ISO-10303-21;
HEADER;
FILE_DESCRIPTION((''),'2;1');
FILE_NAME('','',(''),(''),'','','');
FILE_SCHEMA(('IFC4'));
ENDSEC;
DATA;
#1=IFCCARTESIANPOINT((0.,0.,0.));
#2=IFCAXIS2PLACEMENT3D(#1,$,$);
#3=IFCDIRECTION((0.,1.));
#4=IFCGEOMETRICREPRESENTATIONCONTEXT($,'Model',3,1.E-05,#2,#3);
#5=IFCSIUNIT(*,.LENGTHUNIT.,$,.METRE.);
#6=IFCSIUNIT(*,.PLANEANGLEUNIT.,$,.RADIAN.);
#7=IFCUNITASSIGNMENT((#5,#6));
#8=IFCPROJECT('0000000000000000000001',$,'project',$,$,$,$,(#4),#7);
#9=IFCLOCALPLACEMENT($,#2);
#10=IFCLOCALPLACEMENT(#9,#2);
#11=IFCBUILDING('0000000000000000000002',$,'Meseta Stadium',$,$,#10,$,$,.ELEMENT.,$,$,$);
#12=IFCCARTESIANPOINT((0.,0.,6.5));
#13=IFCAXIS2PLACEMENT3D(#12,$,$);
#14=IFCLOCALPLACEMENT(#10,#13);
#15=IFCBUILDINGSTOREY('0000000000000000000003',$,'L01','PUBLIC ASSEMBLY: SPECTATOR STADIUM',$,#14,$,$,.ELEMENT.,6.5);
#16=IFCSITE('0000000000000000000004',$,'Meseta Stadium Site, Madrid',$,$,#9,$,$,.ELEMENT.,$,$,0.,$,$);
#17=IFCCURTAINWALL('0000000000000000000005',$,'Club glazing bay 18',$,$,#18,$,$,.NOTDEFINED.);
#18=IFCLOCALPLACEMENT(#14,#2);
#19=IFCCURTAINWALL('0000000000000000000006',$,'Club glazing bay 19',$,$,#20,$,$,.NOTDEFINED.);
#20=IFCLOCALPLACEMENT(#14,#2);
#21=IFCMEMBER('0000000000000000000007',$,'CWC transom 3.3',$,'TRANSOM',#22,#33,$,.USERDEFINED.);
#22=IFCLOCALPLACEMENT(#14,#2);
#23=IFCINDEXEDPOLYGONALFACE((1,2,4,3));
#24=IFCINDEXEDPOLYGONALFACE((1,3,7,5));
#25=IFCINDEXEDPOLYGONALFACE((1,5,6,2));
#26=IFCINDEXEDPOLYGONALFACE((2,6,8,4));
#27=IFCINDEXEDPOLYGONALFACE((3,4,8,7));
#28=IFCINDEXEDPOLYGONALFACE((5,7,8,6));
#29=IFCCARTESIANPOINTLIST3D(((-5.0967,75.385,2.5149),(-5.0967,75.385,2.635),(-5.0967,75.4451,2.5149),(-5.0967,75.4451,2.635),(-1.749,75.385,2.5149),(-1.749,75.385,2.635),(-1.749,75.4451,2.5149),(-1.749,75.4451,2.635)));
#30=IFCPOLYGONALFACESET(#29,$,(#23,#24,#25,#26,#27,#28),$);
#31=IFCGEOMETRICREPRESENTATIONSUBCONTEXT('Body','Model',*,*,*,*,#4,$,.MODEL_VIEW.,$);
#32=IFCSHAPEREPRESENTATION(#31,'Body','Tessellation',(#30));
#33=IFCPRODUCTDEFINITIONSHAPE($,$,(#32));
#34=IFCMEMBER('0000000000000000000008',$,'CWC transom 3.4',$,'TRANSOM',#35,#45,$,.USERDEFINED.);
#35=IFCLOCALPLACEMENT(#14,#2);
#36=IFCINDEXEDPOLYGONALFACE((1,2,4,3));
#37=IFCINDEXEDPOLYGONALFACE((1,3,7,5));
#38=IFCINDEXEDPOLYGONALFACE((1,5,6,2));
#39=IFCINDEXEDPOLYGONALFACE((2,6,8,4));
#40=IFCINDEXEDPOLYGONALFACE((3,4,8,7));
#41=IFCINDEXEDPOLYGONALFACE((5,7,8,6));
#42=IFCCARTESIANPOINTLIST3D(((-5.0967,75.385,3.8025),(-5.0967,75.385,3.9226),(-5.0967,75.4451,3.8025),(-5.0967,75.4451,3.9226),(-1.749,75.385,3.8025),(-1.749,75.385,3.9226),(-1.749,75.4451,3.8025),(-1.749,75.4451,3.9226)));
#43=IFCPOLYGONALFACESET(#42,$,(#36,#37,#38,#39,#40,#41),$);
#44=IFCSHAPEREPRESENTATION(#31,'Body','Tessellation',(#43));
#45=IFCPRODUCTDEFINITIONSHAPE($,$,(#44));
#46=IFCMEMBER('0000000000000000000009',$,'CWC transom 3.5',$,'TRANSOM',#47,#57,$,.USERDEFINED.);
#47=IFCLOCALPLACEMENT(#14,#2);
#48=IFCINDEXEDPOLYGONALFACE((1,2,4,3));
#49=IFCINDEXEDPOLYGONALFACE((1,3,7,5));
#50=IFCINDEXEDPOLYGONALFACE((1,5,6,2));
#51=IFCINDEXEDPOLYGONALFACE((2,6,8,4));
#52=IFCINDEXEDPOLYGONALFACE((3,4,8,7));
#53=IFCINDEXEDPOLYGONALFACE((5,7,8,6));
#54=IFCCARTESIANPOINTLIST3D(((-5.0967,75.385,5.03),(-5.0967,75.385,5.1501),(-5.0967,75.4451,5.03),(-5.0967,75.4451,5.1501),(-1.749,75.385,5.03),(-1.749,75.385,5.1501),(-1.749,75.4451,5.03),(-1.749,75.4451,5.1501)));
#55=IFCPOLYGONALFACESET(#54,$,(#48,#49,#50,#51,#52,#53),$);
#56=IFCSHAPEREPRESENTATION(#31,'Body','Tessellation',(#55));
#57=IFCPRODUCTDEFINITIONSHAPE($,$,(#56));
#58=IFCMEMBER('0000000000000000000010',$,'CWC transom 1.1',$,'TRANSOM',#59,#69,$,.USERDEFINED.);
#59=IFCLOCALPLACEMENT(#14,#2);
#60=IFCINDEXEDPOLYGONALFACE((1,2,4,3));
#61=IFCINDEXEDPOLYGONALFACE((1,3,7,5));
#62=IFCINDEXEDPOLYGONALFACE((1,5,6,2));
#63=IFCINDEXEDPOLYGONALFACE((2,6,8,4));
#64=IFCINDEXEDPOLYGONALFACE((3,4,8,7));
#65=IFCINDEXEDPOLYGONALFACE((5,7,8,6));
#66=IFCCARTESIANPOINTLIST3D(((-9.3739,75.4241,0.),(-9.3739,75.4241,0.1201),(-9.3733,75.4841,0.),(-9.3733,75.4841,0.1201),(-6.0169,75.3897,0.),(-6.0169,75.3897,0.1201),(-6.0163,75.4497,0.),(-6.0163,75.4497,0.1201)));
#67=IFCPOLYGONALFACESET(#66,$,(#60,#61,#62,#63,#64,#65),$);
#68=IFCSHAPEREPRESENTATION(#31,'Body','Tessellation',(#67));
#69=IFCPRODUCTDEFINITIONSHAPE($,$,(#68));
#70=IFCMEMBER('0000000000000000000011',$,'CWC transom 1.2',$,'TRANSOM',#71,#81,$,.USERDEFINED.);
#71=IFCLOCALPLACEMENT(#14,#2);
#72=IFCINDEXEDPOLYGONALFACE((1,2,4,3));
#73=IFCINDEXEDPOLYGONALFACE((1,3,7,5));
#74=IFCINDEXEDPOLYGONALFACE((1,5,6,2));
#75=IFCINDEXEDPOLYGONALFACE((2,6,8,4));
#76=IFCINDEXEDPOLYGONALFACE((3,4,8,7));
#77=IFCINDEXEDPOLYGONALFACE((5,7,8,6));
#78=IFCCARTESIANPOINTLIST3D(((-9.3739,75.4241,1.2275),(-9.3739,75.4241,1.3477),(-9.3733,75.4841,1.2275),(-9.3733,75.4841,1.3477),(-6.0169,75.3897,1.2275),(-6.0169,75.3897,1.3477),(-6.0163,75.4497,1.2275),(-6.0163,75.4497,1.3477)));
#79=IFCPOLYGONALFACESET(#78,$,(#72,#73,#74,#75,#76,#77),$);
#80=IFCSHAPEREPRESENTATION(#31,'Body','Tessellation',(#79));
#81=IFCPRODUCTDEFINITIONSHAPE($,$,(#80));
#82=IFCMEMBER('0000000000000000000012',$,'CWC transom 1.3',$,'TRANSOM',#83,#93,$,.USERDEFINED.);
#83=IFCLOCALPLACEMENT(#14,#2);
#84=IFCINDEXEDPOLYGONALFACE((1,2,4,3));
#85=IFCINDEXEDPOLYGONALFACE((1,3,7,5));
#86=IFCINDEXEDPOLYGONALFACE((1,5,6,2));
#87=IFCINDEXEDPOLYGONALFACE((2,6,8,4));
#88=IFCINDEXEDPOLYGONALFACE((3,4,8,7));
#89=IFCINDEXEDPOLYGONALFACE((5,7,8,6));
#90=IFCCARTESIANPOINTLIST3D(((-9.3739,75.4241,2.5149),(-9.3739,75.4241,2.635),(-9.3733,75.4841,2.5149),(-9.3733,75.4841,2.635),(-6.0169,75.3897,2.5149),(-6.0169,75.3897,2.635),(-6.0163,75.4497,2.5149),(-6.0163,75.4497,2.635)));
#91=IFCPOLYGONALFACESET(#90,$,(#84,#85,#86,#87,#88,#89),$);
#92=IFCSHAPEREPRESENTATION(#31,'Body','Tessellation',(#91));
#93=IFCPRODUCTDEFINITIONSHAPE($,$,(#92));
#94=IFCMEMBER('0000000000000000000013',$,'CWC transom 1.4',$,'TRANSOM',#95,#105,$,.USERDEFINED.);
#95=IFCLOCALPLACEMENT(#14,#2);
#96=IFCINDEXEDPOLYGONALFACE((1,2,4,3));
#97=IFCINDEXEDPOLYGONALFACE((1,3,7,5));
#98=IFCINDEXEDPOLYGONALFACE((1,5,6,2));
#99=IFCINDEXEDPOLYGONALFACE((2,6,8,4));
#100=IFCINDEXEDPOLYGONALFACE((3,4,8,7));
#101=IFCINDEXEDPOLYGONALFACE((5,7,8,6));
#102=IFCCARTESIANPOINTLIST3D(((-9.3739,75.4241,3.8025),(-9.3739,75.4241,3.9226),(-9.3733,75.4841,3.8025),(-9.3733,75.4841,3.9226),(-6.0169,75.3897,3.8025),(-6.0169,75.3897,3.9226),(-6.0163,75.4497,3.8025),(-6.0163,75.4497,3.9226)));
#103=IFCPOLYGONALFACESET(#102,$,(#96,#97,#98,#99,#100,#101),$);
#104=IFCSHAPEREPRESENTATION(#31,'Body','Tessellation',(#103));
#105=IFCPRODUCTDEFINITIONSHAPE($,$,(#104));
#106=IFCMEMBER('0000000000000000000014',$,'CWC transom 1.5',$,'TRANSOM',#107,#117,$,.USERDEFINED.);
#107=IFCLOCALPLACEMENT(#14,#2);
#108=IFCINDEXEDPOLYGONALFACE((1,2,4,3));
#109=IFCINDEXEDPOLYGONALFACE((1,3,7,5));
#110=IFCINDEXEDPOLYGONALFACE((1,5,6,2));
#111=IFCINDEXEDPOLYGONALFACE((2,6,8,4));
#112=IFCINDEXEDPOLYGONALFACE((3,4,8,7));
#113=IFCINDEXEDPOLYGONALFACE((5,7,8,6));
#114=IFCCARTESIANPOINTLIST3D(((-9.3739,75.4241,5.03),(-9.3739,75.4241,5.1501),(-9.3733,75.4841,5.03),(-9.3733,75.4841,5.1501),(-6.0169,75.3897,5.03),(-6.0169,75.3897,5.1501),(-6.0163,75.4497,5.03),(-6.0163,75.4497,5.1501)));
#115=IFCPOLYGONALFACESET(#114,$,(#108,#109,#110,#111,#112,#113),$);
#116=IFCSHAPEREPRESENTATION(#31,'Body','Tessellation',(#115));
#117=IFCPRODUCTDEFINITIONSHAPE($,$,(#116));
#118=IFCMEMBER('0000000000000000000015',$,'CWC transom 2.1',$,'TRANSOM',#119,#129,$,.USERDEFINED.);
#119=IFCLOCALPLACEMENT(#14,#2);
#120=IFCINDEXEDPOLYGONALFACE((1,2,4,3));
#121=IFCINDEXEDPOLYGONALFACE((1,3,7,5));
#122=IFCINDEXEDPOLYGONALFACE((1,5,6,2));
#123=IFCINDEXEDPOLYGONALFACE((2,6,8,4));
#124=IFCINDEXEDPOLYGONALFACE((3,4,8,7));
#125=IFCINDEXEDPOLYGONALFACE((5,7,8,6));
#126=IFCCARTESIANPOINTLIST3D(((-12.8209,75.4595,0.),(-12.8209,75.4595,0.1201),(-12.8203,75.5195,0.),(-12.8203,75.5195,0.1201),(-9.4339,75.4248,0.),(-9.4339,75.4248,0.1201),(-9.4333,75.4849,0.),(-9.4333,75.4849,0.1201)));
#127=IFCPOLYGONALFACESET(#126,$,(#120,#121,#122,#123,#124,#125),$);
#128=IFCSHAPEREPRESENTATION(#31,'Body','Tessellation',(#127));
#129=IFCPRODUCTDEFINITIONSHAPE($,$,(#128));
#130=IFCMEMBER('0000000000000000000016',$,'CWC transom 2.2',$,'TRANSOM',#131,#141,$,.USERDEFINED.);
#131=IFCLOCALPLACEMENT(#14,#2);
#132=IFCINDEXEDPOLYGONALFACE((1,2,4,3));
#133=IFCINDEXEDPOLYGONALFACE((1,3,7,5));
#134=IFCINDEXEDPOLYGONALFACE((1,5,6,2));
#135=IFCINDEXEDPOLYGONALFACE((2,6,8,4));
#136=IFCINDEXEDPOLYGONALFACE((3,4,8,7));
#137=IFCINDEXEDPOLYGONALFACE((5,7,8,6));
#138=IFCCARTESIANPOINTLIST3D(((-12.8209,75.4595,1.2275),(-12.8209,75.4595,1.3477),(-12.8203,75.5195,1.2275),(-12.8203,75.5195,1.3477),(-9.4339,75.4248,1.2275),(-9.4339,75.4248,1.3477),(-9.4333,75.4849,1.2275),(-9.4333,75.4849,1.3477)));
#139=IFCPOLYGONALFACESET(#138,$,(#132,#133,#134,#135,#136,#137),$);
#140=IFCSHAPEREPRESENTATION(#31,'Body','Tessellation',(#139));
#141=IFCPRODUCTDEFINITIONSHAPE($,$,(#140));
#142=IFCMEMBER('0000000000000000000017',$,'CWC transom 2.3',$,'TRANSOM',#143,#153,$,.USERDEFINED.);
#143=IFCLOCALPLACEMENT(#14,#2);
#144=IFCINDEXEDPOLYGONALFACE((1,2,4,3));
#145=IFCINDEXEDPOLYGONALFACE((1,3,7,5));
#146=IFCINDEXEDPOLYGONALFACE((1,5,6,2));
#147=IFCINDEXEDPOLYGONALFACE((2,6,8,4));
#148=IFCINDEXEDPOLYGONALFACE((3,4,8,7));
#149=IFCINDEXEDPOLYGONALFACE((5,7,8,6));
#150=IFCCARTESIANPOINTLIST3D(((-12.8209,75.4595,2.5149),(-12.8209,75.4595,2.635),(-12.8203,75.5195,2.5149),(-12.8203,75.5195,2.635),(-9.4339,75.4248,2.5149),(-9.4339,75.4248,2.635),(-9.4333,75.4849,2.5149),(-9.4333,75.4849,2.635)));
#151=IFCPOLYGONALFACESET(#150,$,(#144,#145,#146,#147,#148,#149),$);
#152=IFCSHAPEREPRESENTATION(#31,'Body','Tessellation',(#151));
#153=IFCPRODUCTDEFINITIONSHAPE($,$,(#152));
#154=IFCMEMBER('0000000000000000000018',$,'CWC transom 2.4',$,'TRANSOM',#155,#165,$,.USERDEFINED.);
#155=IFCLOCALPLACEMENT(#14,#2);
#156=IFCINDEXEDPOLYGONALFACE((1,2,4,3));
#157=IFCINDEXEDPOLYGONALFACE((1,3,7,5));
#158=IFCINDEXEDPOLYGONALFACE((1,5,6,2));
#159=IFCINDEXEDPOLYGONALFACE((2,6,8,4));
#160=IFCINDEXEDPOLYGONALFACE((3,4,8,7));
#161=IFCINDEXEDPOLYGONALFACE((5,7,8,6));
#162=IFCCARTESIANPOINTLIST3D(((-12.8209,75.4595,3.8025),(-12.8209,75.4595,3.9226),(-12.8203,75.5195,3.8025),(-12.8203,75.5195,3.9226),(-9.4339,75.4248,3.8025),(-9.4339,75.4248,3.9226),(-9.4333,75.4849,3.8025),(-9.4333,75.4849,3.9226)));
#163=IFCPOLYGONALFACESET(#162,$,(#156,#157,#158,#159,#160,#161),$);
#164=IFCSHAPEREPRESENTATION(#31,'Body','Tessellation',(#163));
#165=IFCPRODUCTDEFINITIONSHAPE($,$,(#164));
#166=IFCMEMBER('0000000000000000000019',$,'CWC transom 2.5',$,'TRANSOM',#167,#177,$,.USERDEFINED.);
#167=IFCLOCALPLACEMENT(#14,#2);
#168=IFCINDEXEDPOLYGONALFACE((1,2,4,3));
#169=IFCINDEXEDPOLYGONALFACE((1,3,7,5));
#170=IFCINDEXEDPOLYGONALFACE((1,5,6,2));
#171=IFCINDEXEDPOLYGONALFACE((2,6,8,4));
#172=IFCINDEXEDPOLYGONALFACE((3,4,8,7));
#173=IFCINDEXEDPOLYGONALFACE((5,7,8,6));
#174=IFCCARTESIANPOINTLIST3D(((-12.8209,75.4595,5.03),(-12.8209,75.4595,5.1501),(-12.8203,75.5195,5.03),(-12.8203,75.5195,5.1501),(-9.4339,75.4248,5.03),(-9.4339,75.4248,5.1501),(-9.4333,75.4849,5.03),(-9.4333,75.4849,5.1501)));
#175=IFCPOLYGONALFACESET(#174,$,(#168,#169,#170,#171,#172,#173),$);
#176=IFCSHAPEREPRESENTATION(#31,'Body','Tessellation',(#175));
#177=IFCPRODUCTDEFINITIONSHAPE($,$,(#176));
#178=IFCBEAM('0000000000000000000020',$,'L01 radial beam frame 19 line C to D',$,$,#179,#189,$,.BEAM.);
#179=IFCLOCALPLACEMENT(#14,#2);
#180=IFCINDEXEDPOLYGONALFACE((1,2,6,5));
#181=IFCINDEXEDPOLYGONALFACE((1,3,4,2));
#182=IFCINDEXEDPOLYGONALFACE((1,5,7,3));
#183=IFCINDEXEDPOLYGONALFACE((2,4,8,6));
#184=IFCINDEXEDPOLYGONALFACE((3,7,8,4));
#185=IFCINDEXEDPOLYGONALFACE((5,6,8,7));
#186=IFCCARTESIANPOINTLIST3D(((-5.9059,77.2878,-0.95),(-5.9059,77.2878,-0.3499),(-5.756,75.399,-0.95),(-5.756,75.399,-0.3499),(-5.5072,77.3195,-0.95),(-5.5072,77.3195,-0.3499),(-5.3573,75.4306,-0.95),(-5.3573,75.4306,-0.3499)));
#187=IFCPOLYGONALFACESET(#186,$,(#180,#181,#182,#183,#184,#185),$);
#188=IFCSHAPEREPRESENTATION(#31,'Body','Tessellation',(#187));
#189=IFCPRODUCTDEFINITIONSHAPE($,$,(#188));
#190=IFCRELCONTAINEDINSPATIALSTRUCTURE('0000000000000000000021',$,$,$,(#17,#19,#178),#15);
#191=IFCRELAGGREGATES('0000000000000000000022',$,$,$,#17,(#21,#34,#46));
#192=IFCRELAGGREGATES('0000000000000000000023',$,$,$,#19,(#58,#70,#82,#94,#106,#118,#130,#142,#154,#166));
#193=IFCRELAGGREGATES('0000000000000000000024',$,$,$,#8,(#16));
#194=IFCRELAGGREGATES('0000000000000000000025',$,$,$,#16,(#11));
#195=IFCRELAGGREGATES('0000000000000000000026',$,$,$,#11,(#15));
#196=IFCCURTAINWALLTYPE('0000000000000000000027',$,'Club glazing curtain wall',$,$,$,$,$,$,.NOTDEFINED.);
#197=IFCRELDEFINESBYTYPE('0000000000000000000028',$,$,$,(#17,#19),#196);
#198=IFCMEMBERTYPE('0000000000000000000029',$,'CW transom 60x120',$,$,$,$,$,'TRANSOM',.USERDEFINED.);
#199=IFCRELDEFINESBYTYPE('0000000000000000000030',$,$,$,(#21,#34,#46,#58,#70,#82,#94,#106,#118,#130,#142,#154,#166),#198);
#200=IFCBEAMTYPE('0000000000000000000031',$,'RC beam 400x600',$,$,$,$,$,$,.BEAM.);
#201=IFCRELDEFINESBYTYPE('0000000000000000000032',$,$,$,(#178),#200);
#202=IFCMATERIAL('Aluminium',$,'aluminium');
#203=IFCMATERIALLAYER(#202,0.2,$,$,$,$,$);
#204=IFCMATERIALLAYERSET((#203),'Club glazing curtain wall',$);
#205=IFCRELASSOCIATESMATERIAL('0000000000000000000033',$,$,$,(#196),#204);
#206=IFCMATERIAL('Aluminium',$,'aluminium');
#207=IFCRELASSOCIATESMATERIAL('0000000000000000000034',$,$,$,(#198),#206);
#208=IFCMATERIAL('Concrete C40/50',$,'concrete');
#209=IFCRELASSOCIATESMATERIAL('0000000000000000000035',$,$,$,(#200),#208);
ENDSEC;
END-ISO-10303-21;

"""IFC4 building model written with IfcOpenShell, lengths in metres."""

from ifc_helpers import new_model, si_unit, direction, frame, origin, origin_2d, place, context, subcontext, project, spatial, rectangle, extrude, material, layer, layer_set, material_profile, profile_set, type_object, element, aggregate, save


model = new_model("IFC4")

# Units and contexts
model_context = context("Model", 3, precision=1e-05, world=origin(), true_north=direction((0.0, 1.0)))
body_context = subcontext(model_context, "Body", "Model", "MODEL_VIEW")
ifc_project = project(units=[si_unit("LENGTHUNIT", "METRE"), si_unit("PLANEANGLEUNIT", "RADIAN")], contexts=[model_context])

# Site, building, storey
site_placement = place(None, origin())
site = spatial("IfcSite", under=ifc_project, at=site_placement, Name="Meseta Stadium Site, Madrid", CompositionType="ELEMENT", RefElevation=0.0)
building_placement = place(site_placement, origin())
building = spatial("IfcBuilding", under=site, at=building_placement, Name="Meseta Stadium", CompositionType="ELEMENT")
storey_placement = place(building_placement, frame((0.0, 0.0, 6.5)))
storey = spatial("IfcBuildingStorey", under=building, at=storey_placement, Name="L01", Description="PUBLIC ASSEMBLY: SPECTATOR STADIUM", CompositionType="ELEMENT", Elevation=6.5)

# Curtain walls
ifc_material_1 = material(Name="Aluminium", Category="aluminium")
ifc_layer_1 = layer(ifc_material_1, 0.2)
ifc_layer_set_1 = layer_set([ifc_layer_1], Name="Club glazing curtain wall")
curtain_wall_type = type_object("IfcCurtainWallType", Name="Club glazing curtain wall", PredefinedType="NOTDEFINED", material=ifc_layer_set_1)
curtain_wall_1_placement = place(storey_placement, origin())
curtain_wall_1 = element("IfcCurtainWall", 1, at=curtain_wall_1_placement, inside=storey, type_object=curtain_wall_type, Name="Club glazing bay 18", PredefinedType="NOTDEFINED")
curtain_wall_2_placement = place(storey_placement, origin())
curtain_wall_2 = element("IfcCurtainWall", 2, at=curtain_wall_2_placement, inside=storey, type_object=curtain_wall_type, Name="Club glazing bay 19", PredefinedType="NOTDEFINED")

# Members
ifc_material_2 = material(Name="Aluminium", Category="aluminium")
ifc_material_profile_1 = material_profile(ifc_material_2, rectangle(XDim=0.0601, YDim=0.1201, at=origin_2d()), Name="CW 60x120")
ifc_profile_set_1 = profile_set([ifc_material_profile_1], Name="Aluminium")
member_type_1 = type_object("IfcMemberType", Name="CW transom 60x120", ElementType="TRANSOM", PredefinedType="USERDEFINED", material=ifc_profile_set_1)
member_1_placement = place(storey_placement, frame((-1.749, 75.415, 2.575), z_axis=(-1.0, 0.0, 0.0), x_axis=(0.0, -1.0, 0.0)))
member_1 = element("IfcMember", 3, at=member_1_placement, type_object=member_type_1, Name="CWC transom 3.3", ObjectType="TRANSOM", PredefinedType="USERDEFINED", context=body_context, shape_type="SweptSolid", body=[
    extrude(rectangle(XDim=0.0601, YDim=0.1201, at=origin_2d()), origin(), (0.0, 0.0, 1.0), 3.3477),
])
member_2_placement = place(storey_placement, frame((-1.749, 75.415, 3.8625), z_axis=(-1.0, 0.0, 0.0), x_axis=(0.0, -1.0, 0.0)))
member_2 = element("IfcMember", 4, at=member_2_placement, type_object=member_type_1, Name="CWC transom 3.4", ObjectType="TRANSOM", PredefinedType="USERDEFINED", context=body_context, shape_type="SweptSolid", body=[
    extrude(rectangle(XDim=0.0601, YDim=0.1201, at=origin_2d()), origin(), (0.0, 0.0, 1.0), 3.3477),
])
member_3_placement = place(storey_placement, frame((-1.749, 75.415, 5.0901), z_axis=(-1.0, 0.0, 0.0), x_axis=(0.0, -1.0, 0.0)))
member_3 = element("IfcMember", 5, at=member_3_placement, type_object=member_type_1, Name="CWC transom 3.5", ObjectType="TRANSOM", PredefinedType="USERDEFINED", context=body_context, shape_type="SweptSolid", body=[
    extrude(rectangle(XDim=0.0601, YDim=0.1201, at=origin_2d()), origin(), (0.0, 0.0, 1.0), 3.3477),
])
member_4_placement = place(storey_placement, frame((-6.0166, 75.4197, 0.0601), z_axis=(-0.999947, 0.010254, 0.0), x_axis=(-0.010254, -0.999947, 0.0)))
member_4 = element("IfcMember", 6, at=member_4_placement, type_object=member_type_1, Name="CWC transom 1.1", ObjectType="TRANSOM", PredefinedType="USERDEFINED", context=body_context, shape_type="SweptSolid", body=[
    extrude(rectangle(XDim=0.0601, YDim=0.1201, at=origin_2d()), origin(), (0.0, 0.0, 1.0), 3.3572),
])
member_5_placement = place(storey_placement, frame((-6.0166, 75.4197, 1.2876), z_axis=(-0.999947, 0.010254, 0.0), x_axis=(-0.010254, -0.999947, 0.0)))
member_5 = element("IfcMember", 7, at=member_5_placement, type_object=member_type_1, Name="CWC transom 1.2", ObjectType="TRANSOM", PredefinedType="USERDEFINED", context=body_context, shape_type="SweptSolid", body=[
    extrude(rectangle(XDim=0.0601, YDim=0.1201, at=origin_2d()), origin(), (0.0, 0.0, 1.0), 3.3572),
])
member_6_placement = place(storey_placement, frame((-6.0166, 75.4197, 2.575), z_axis=(-0.999947, 0.010254, 0.0), x_axis=(-0.010254, -0.999947, 0.0)))
member_6 = element("IfcMember", 8, at=member_6_placement, type_object=member_type_1, Name="CWC transom 1.3", ObjectType="TRANSOM", PredefinedType="USERDEFINED", context=body_context, shape_type="SweptSolid", body=[
    extrude(rectangle(XDim=0.0601, YDim=0.1201, at=origin_2d()), origin(), (0.0, 0.0, 1.0), 3.3572),
])
member_7_placement = place(storey_placement, frame((-6.0166, 75.4197, 3.8625), z_axis=(-0.999947, 0.010254, 0.0), x_axis=(-0.010254, -0.999947, 0.0)))
member_7 = element("IfcMember", 9, at=member_7_placement, type_object=member_type_1, Name="CWC transom 1.4", ObjectType="TRANSOM", PredefinedType="USERDEFINED", context=body_context, shape_type="SweptSolid", body=[
    extrude(rectangle(XDim=0.0601, YDim=0.1201, at=origin_2d()), origin(), (0.0, 0.0, 1.0), 3.3572),
])
member_8_placement = place(storey_placement, frame((-6.0166, 75.4197, 5.0901), z_axis=(-0.999947, 0.010254, 0.0), x_axis=(-0.010254, -0.999947, 0.0)))
member_8 = element("IfcMember", 10, at=member_8_placement, type_object=member_type_1, Name="CWC transom 1.5", ObjectType="TRANSOM", PredefinedType="USERDEFINED", context=body_context, shape_type="SweptSolid", body=[
    extrude(rectangle(XDim=0.0601, YDim=0.1201, at=origin_2d()), origin(), (0.0, 0.0, 1.0), 3.3572),
])
member_9_placement = place(storey_placement, frame((-9.4336, 75.4548, 0.0601), z_axis=(-0.999948, 0.010235, 0.0), x_axis=(-0.010235, -0.999948, 0.0)))
member_9 = element("IfcMember", 11, at=member_9_placement, type_object=member_type_1, Name="CWC transom 2.1", ObjectType="TRANSOM", PredefinedType="USERDEFINED", context=body_context, shape_type="SweptSolid", body=[
    extrude(rectangle(XDim=0.0601, YDim=0.1201, at=origin_2d()), origin(), (0.0, 0.0, 1.0), 3.3872),
])
member_10_placement = place(storey_placement, frame((-9.4336, 75.4548, 1.2876), z_axis=(-0.999948, 0.010235, 0.0), x_axis=(-0.010235, -0.999948, 0.0)))
member_10 = element("IfcMember", 12, at=member_10_placement, type_object=member_type_1, Name="CWC transom 2.2", ObjectType="TRANSOM", PredefinedType="USERDEFINED", context=body_context, shape_type="SweptSolid", body=[
    extrude(rectangle(XDim=0.0601, YDim=0.1201, at=origin_2d()), origin(), (0.0, 0.0, 1.0), 3.3872),
])
member_11_placement = place(storey_placement, frame((-9.4336, 75.4548, 2.575), z_axis=(-0.999948, 0.010235, 0.0), x_axis=(-0.010235, -0.999948, 0.0)))
member_11 = element("IfcMember", 13, at=member_11_placement, type_object=member_type_1, Name="CWC transom 2.3", ObjectType="TRANSOM", PredefinedType="USERDEFINED", context=body_context, shape_type="SweptSolid", body=[
    extrude(rectangle(XDim=0.0601, YDim=0.1201, at=origin_2d()), origin(), (0.0, 0.0, 1.0), 3.3872),
])
member_12_placement = place(storey_placement, frame((-9.4336, 75.4548, 3.8625), z_axis=(-0.999948, 0.010235, 0.0), x_axis=(-0.010235, -0.999948, 0.0)))
member_12 = element("IfcMember", 14, at=member_12_placement, type_object=member_type_1, Name="CWC transom 2.4", ObjectType="TRANSOM", PredefinedType="USERDEFINED", context=body_context, shape_type="SweptSolid", body=[
    extrude(rectangle(XDim=0.0601, YDim=0.1201, at=origin_2d()), origin(), (0.0, 0.0, 1.0), 3.3872),
])
member_13_placement = place(storey_placement, frame((-9.4336, 75.4548, 5.0901), z_axis=(-0.999948, 0.010235, 0.0), x_axis=(-0.010235, -0.999948, 0.0)))
member_13 = element("IfcMember", 15, at=member_13_placement, type_object=member_type_1, Name="CWC transom 2.5", ObjectType="TRANSOM", PredefinedType="USERDEFINED", context=body_context, shape_type="SweptSolid", body=[
    extrude(rectangle(XDim=0.0601, YDim=0.1201, at=origin_2d()), origin(), (0.0, 0.0, 1.0), 3.3872),
])

# Beam
ifc_material_3 = material(Name="Concrete C40/50", Category="concrete")
ifc_material_profile_2 = material_profile(ifc_material_3, rectangle(XDim=0.3999, YDim=0.6001, at=origin_2d()), Name="RC 400x600")
ifc_profile_set_2 = profile_set([ifc_material_profile_2], Name="Concrete C40/50")
beam_type_1 = type_object("IfcBeamType", Name="RC beam 400x600", PredefinedType="BEAM", material=ifc_profile_set_2)
beam_1_placement = place(storey_placement, frame((-5.5566, 75.4148, -0.6499), z_axis=(-0.07911, 0.996866, 0.0), x_axis=(-0.996866, -0.07911, 0.0)))
element("IfcBeam", 16, at=beam_1_placement, inside=storey, type_object=beam_type_1, Name="L01 radial beam frame 19 line C to D", PredefinedType="BEAM", context=body_context, shape_type="SweptSolid", body=[
    extrude(rectangle(XDim=0.3999, YDim=0.6001, at=origin_2d()), origin(), (0.0, 0.0, 1.0), 1.8948),
])

aggregate(curtain_wall_1, [member_1, member_2, member_3])
aggregate(curtain_wall_2, [member_4, member_5, member_6, member_7, member_8, member_9, member_10, member_11, member_12, member_13])

save(model, "model.ifc")
